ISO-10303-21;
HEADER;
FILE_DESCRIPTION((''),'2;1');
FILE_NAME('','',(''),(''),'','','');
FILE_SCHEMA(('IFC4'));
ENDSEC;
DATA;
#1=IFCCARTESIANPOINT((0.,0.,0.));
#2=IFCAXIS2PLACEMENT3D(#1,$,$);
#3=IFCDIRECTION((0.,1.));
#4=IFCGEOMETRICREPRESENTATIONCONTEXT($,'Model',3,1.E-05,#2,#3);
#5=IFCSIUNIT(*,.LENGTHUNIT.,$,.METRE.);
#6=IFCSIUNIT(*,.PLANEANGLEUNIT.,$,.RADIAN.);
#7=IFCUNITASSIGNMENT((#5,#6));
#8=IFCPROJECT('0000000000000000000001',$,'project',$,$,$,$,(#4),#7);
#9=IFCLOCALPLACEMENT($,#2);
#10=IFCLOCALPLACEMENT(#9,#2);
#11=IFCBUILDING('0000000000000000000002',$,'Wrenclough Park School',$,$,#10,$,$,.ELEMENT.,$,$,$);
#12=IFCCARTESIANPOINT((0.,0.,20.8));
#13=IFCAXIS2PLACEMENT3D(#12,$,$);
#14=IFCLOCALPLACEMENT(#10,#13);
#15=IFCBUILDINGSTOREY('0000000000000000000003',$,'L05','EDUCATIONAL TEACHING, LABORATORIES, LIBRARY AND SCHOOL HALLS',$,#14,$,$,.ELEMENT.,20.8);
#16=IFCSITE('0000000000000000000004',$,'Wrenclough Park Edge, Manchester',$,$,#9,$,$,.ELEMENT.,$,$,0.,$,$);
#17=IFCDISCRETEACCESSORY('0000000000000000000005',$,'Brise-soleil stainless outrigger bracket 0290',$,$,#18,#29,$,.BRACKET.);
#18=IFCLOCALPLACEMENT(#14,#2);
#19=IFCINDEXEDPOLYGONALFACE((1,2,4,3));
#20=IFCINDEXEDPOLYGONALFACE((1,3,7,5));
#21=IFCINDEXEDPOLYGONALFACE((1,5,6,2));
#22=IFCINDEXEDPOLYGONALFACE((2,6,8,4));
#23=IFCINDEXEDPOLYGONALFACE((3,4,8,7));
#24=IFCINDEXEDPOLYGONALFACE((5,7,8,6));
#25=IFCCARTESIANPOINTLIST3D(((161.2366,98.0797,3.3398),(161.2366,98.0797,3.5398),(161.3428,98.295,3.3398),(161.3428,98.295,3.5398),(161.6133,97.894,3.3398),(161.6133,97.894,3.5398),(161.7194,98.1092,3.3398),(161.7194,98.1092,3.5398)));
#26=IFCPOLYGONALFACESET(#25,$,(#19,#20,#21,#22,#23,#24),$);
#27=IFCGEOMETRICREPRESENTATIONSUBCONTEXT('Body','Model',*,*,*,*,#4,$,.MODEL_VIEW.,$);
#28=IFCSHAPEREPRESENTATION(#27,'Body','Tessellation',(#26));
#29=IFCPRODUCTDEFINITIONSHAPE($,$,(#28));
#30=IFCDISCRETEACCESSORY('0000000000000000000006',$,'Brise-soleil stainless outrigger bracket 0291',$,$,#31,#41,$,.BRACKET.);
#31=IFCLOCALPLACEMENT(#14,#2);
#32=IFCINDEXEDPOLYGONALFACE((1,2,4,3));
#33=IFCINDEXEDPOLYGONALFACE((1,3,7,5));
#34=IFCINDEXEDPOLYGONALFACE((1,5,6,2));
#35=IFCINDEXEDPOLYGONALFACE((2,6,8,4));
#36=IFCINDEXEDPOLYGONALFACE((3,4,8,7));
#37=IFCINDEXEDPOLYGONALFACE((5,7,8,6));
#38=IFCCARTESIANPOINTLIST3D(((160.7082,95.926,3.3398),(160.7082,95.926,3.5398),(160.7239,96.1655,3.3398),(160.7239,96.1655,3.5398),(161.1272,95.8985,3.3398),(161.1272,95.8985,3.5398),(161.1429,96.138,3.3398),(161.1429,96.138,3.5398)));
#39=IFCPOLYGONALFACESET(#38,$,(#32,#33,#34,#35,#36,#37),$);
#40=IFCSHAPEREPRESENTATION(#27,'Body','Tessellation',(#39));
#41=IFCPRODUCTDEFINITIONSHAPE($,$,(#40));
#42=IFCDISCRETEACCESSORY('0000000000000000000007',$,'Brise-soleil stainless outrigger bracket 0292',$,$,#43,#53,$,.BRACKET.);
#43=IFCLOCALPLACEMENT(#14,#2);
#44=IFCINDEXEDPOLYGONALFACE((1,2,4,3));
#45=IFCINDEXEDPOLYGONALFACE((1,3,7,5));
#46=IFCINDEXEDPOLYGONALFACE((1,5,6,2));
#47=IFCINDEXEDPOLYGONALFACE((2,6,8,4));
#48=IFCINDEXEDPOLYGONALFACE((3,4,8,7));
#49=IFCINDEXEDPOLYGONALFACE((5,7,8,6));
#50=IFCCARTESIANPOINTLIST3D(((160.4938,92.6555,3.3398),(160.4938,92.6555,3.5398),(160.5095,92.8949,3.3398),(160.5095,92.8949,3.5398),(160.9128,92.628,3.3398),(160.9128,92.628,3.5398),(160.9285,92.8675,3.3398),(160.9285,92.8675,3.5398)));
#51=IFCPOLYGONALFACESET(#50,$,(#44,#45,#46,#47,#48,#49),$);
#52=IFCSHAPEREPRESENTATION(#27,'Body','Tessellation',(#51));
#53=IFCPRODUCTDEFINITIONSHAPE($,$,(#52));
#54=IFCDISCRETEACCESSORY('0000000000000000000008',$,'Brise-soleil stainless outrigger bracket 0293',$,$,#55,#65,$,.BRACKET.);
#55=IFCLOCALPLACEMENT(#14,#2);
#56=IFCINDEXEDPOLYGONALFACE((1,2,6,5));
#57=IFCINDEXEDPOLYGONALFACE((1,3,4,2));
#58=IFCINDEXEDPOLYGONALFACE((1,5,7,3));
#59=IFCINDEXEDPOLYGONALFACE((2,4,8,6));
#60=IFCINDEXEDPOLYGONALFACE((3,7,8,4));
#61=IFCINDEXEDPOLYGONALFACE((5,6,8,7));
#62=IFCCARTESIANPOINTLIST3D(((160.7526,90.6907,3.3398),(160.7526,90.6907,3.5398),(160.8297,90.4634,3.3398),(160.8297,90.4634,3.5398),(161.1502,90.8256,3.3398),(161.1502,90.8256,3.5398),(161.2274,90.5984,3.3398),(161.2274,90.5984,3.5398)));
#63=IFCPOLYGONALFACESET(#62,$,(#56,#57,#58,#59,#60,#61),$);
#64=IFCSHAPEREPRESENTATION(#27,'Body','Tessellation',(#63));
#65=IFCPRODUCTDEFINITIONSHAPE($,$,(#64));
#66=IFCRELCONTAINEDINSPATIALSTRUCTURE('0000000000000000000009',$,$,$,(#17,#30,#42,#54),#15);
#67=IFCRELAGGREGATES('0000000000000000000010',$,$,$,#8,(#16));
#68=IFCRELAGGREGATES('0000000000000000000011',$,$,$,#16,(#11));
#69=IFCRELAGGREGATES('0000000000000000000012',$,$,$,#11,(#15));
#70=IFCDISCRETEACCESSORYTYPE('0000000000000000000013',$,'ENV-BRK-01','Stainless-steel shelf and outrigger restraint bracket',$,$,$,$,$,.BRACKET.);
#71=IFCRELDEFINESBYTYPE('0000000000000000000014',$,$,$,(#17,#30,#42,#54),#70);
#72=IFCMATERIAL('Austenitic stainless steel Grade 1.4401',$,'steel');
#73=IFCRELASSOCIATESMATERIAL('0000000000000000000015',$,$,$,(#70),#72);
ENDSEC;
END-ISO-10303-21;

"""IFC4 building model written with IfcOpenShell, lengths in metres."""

from ifc_helpers import new_model, si_unit, direction, frame, origin, origin_2d, place, context, subcontext, project, spatial, rectangle, extrude, material, type_object, element, save


model = new_model("IFC4")

# Units and contexts
model_context = context("Model", 3, precision=1e-05, world=origin(), true_north=direction((0.0, 1.0)))
body_context = subcontext(model_context, "Body", "Model", "MODEL_VIEW")
ifc_project = project(units=[si_unit("LENGTHUNIT", "METRE"), si_unit("PLANEANGLEUNIT", "RADIAN")], contexts=[model_context])

# Site, building, storey
site_placement = place(None, origin())
site = spatial("IfcSite", under=ifc_project, at=site_placement, Name="Wrenclough Park Edge, Manchester", CompositionType="ELEMENT", RefElevation=0.0)
building_placement = place(site_placement, origin())
building = spatial("IfcBuilding", under=site, at=building_placement, Name="Wrenclough Park School", CompositionType="ELEMENT")
storey_placement = place(building_placement, frame((0.0, 0.0, 20.8)))
storey = spatial("IfcBuildingStorey", under=building, at=storey_placement, Name="L05", Description="EDUCATIONAL TEACHING, LABORATORIES, LIBRARY AND SCHOOL HALLS", CompositionType="ELEMENT", Elevation=20.8)

# Discrete accessories
ifc_material_1 = material(Name="Austenitic stainless steel Grade 1.4401", Category="steel")
discrete_accessory_type = type_object("IfcDiscreteAccessoryType", Name="ENV-BRK-01", Description="Stainless-steel shelf and outrigger restraint bracket", PredefinedType="BRACKET", material=ifc_material_1)
for number, where, z_axis, x_axis, name in (
    (1, (161.478, 98.0945, 3.3398), (0.0, 0.0, 1.0), (-0.442301, -0.896867, 0.0), "Brise-soleil stainless outrigger bracket 0290"),
    (2, (160.9255, 96.032, 3.3398), (0.0, 0.0, 1.0), (-0.06539, -0.99786, 0.0), "Brise-soleil stainless outrigger bracket 0291"),
    (3, (160.7112, 92.7615, 3.3398), (0.0, 0.0, 1.0), (-0.06539, -0.99786, 0.0), "Brise-soleil stainless outrigger bracket 0292"),
    (4, (160.99, 90.6445, 3.3398), (0.0, 0.0, 1.0), (0.321429, -0.946934, 0.0), "Brise-soleil stainless outrigger bracket 0293"),
):
    element("IfcDiscreteAccessory", number, at=place(storey_placement, frame(where, z_axis=z_axis, x_axis=x_axis)), inside=storey, type_object=discrete_accessory_type, Name=name, PredefinedType="BRACKET", context=body_context, shape_type="SweptSolid", body=[
        extrude(rectangle(XDim=0.24, YDim=0.4199, at=origin_2d()), origin(), (0.0, 0.0, 1.0), 0.2),
    ])

save(model, "model.ifc")
